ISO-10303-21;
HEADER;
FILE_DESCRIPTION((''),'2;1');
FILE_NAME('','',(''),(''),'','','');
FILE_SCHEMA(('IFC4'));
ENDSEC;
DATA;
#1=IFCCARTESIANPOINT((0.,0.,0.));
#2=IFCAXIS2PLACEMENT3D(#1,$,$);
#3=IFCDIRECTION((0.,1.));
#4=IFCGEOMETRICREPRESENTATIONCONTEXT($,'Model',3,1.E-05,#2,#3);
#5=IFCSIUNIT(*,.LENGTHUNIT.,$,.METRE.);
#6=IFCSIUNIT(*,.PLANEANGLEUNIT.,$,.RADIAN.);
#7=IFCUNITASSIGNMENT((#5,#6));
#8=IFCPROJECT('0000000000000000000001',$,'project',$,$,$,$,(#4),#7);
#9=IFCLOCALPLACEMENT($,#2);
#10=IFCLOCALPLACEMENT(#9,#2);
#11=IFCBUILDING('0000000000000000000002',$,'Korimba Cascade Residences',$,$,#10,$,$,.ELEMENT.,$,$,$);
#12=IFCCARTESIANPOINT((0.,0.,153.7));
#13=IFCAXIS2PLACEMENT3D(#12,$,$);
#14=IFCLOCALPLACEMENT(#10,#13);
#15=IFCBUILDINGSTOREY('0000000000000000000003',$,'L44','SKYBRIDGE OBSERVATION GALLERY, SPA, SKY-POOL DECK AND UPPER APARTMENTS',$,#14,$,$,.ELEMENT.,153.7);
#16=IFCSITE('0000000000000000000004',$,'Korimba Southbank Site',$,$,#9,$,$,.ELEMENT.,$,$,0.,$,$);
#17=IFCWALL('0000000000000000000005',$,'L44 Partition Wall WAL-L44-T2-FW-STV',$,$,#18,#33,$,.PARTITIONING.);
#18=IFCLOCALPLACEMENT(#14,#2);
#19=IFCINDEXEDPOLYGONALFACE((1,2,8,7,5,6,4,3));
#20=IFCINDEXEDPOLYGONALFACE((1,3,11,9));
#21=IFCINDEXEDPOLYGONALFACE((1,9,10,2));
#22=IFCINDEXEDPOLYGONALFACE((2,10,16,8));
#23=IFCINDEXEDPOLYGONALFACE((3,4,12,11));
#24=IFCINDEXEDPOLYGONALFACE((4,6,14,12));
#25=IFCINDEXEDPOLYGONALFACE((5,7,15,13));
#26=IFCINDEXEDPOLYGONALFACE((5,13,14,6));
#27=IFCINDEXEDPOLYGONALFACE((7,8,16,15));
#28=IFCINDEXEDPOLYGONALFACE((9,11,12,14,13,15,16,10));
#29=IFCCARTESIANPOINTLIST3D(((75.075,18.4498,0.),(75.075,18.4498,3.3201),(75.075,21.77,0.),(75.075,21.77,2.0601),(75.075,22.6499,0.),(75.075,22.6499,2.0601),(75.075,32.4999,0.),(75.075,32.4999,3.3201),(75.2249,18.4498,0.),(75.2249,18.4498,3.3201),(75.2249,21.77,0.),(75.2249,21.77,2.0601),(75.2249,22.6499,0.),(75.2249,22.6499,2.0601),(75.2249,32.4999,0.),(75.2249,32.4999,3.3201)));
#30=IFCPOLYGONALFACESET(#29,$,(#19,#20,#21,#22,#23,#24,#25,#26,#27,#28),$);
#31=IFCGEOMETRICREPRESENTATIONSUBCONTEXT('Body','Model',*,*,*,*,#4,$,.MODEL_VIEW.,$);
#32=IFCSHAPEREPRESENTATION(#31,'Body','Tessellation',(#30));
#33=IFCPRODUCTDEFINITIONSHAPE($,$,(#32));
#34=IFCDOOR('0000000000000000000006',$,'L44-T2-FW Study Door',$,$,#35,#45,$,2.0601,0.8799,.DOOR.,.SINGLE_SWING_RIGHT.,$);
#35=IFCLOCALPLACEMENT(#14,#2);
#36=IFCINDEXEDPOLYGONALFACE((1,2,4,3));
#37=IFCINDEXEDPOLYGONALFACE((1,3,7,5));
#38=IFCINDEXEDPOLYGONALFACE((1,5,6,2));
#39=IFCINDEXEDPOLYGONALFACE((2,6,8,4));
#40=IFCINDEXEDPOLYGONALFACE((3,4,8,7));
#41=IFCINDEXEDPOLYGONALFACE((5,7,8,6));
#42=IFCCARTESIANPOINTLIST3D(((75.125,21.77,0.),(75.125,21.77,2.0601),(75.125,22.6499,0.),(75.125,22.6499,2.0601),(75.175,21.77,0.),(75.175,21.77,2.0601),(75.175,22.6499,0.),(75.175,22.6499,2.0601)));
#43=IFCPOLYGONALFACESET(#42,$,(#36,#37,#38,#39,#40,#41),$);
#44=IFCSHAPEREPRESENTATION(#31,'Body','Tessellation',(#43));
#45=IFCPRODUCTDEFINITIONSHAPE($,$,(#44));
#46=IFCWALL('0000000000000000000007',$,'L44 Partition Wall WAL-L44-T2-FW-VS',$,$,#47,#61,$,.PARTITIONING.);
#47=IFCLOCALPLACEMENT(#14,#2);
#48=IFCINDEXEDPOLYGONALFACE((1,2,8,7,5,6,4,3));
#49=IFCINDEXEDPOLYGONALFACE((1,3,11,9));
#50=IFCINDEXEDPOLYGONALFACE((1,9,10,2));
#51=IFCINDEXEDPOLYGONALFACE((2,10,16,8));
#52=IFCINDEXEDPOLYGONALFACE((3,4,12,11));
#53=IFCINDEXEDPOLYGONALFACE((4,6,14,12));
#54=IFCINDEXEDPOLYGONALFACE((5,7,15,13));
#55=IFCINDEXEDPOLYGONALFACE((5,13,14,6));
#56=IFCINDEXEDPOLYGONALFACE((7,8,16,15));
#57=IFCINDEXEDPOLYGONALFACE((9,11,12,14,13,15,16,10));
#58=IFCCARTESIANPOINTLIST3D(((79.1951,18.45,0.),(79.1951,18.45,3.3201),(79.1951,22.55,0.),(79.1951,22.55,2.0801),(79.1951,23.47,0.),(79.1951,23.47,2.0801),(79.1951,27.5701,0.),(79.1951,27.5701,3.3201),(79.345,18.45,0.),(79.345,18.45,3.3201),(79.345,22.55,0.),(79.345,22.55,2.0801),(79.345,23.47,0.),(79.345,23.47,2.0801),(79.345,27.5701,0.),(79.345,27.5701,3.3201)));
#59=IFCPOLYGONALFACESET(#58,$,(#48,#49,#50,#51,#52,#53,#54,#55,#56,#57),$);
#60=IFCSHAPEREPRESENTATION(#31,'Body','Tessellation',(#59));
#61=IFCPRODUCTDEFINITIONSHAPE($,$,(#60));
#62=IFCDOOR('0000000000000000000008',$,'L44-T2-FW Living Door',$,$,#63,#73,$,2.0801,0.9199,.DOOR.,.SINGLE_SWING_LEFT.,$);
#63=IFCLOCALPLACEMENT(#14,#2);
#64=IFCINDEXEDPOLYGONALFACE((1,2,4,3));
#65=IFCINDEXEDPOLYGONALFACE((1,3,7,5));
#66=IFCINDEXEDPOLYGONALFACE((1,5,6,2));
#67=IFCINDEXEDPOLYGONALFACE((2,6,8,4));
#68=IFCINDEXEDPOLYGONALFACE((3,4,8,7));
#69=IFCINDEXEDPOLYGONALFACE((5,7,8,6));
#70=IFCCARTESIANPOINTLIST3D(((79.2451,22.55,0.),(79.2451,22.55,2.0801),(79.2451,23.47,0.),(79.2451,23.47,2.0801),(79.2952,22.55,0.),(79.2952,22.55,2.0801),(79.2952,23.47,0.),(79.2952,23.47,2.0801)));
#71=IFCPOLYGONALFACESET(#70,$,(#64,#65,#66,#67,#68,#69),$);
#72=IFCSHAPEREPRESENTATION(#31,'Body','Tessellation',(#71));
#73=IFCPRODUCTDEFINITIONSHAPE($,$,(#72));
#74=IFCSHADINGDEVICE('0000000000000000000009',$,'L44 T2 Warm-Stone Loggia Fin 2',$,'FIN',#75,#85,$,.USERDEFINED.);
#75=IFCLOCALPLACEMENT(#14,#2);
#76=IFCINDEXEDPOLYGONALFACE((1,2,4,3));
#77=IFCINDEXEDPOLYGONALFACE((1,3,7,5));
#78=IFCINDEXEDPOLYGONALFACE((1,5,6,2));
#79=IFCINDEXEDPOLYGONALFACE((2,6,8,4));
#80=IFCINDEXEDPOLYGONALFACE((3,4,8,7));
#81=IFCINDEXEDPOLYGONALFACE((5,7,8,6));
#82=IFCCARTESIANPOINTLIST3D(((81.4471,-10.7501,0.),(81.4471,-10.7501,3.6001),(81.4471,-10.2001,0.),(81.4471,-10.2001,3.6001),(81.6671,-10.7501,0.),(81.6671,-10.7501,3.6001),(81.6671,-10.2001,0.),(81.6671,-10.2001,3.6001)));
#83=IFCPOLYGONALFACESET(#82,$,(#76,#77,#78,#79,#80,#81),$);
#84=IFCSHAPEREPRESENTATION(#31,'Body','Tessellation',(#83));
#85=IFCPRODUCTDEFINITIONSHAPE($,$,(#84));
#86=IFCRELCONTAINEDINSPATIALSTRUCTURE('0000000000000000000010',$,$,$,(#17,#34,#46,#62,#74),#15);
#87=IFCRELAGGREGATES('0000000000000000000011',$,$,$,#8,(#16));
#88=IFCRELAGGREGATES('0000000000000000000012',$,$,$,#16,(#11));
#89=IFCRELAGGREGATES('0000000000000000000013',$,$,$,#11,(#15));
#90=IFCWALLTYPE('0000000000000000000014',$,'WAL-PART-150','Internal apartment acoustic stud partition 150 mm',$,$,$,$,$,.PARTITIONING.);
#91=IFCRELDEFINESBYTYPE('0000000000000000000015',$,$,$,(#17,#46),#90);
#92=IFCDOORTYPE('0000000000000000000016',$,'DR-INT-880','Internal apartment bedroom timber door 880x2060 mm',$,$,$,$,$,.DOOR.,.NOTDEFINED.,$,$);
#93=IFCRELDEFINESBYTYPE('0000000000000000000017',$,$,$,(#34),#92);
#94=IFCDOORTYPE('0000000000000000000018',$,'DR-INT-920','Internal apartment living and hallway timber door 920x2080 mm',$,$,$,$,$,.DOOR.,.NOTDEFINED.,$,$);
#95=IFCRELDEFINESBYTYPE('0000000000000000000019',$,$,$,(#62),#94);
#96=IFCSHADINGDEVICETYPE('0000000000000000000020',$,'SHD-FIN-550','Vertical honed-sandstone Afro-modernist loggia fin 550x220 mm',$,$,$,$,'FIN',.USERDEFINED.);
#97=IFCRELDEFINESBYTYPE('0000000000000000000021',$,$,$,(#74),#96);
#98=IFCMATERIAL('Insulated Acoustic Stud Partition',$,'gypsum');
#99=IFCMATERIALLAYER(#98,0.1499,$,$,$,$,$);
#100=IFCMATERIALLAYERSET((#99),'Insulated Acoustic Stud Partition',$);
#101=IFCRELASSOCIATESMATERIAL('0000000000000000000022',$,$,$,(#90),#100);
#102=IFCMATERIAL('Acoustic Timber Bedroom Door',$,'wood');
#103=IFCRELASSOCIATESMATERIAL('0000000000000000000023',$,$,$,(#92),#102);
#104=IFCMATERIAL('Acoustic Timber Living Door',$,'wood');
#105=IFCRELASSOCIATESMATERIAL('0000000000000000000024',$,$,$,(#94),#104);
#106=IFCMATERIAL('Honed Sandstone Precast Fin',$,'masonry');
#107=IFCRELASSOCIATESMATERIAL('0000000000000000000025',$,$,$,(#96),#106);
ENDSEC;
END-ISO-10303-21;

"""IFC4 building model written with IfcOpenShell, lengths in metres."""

from ifc_helpers import new_model, si_unit, direction, frame, frame_2d, origin, origin_2d, place, context, subcontext, project, spatial, rectangle, extrude, material, layer, layer_set, type_object, element, fill, save


model = new_model("IFC4")

# Units and contexts
model_context = context("Model", 3, precision=1e-05, world=origin(), true_north=direction((0.0, 1.0)))
body_context = subcontext(model_context, "Body", "Model", "MODEL_VIEW")
ifc_project = project(units=[si_unit("LENGTHUNIT", "METRE"), si_unit("PLANEANGLEUNIT", "RADIAN")], contexts=[model_context])

# Site, building, storey
site_placement = place(None, origin())
site = spatial("IfcSite", under=ifc_project, at=site_placement, Name="Korimba Southbank Site", CompositionType="ELEMENT", RefElevation=0.0)
building_placement = place(site_placement, origin())
building = spatial("IfcBuilding", under=site, at=building_placement, Name="Korimba Cascade Residences", CompositionType="ELEMENT")
storey_placement = place(building_placement, frame((0.0, 0.0, 153.7)))
storey = spatial("IfcBuildingStorey", under=building, at=storey_placement, Name="L44", Description="SKYBRIDGE OBSERVATION GALLERY, SPA, SKY-POOL DECK AND UPPER APARTMENTS", CompositionType="ELEMENT", Elevation=153.7)

# Walls, openings, doors
ifc_material_1 = material(Name="Insulated Acoustic Stud Partition", Category="gypsum")
ifc_layer_1 = layer(ifc_material_1, 0.1499)
ifc_layer_set_1 = layer_set([ifc_layer_1], Name="Insulated Acoustic Stud Partition")
wall_type_1 = type_object("IfcWallType", Name="WAL-PART-150", Description="Internal apartment acoustic stud partition 150 mm", PredefinedType="PARTITIONING", material=ifc_layer_set_1)
wall_1_placement = place(storey_placement, frame((75.1499, 18.45, 0.0), z_axis=(0.0, 0.0, 1.0), x_axis=(0.0, 1.0, 0.0)))
wall_1 = element("IfcWall", 1, at=wall_1_placement, inside=storey, type_object=wall_type_1, Name="L44 Partition Wall WAL-L44-T2-FW-STV", PredefinedType="PARTITIONING", context=body_context, shape_type="SweptSolid", body=[
    extrude(rectangle(XDim=14.05, YDim=0.1499, at=frame_2d((7.0249, 0.0))), origin(), (0.0, 0.0, 1.0), 3.3201),
])
opening_1_placement = place(wall_1_placement, frame((3.3201, 0.0, 0.0)))
opening_1 = element("IfcOpeningElement", 2, at=opening_1_placement, cuts=wall_1, PredefinedType="OPENING", context=body_context, shape_type="SweptSolid", body=[
    extrude(rectangle(XDim=0.8799, YDim=2.0601, at=frame_2d((0.4399, 1.03))), frame((0.0, 0.085, 0.0), z_axis=(0.0, -1.0, 0.0), x_axis=(1.0, 0.0, 0.0)), (0.0, 0.0, 1.0), 0.1699),
])
ifc_material_2 = material(Name="Acoustic Timber Bedroom Door", Category="wood")
door_type_1 = type_object("IfcDoorType", Name="DR-INT-880", Description="Internal apartment bedroom timber door 880x2060 mm", OperationType="NOTDEFINED", PredefinedType="DOOR", material=ifc_material_2)
door_1_placement = place(opening_1_placement, origin())
door_1 = element("IfcDoor", 3, at=door_1_placement, inside=storey, type_object=door_type_1, Name="L44-T2-FW Study Door", OperationType="SINGLE_SWING_RIGHT", OverallHeight=2.0601, OverallWidth=0.8799, PredefinedType="DOOR", context=body_context, shape_type="SweptSolid", body=[
    extrude(rectangle(XDim=0.8799, YDim=2.0601, at=frame_2d((0.4399, 1.03))), frame((0.0, 0.0249, 0.0), z_axis=(0.0, -1.0, 0.0), x_axis=(1.0, 0.0, 0.0)), (0.0, 0.0, 1.0), 0.05),
])
fill(opening_1, door_1)
wall_2_placement = place(storey_placement, frame((79.27, 18.45, 0.0), z_axis=(0.0, 0.0, 1.0), x_axis=(0.0, 1.0, 0.0)))
wall_2 = element("IfcWall", 4, at=wall_2_placement, inside=storey, type_object=wall_type_1, Name="L44 Partition Wall WAL-L44-T2-FW-VS", PredefinedType="PARTITIONING", context=body_context, shape_type="SweptSolid", body=[
    extrude(rectangle(XDim=9.1201, YDim=0.1499, at=frame_2d((4.5601, 0.0))), origin(), (0.0, 0.0, 1.0), 3.3201),
])
opening_2_placement = place(wall_2_placement, frame((4.1001, 0.0, 0.0)))
opening_2 = element("IfcOpeningElement", 5, at=opening_2_placement, cuts=wall_2, PredefinedType="OPENING", context=body_context, shape_type="SweptSolid", body=[
    extrude(rectangle(XDim=0.9199, YDim=2.0801, at=frame_2d((0.46, 1.04))), frame((0.0, 0.085, 0.0), z_axis=(0.0, -1.0, 0.0), x_axis=(1.0, 0.0, 0.0)), (0.0, 0.0, 1.0), 0.1699),
])
ifc_material_3 = material(Name="Acoustic Timber Living Door", Category="wood")
door_type_2 = type_object("IfcDoorType", Name="DR-INT-920", Description="Internal apartment living and hallway timber door 920x2080 mm", OperationType="NOTDEFINED", PredefinedType="DOOR", material=ifc_material_3)
door_2_placement = place(opening_2_placement, origin())
door_2 = element("IfcDoor", 6, at=door_2_placement, inside=storey, type_object=door_type_2, Name="L44-T2-FW Living Door", OperationType="SINGLE_SWING_LEFT", OverallHeight=2.0801, OverallWidth=0.9199, PredefinedType="DOOR", context=body_context, shape_type="SweptSolid", body=[
    extrude(rectangle(XDim=0.9199, YDim=2.0801, at=frame_2d((0.46, 1.04))), frame((0.0, 0.0249, 0.0), z_axis=(0.0, -1.0, 0.0), x_axis=(1.0, 0.0, 0.0)), (0.0, 0.0, 1.0), 0.05),
])
fill(opening_2, door_2)

# Shading device
ifc_material_4 = material(Name="Honed Sandstone Precast Fin", Category="masonry")
shading_device_type = type_object("IfcShadingDeviceType", Name="SHD-FIN-550", Description="Vertical honed-sandstone Afro-modernist loggia fin 550x220 mm", ElementType="FIN", PredefinedType="USERDEFINED", material=ifc_material_4)
shading_device_placement = place(storey_placement, frame((81.5571, -10.4751, 0.0), z_axis=(0.0, 0.0, 1.0), x_axis=(1.0, 0.0, 0.0)))
element("IfcShadingDevice", 7, at=shading_device_placement, inside=storey, type_object=shading_device_type, Name="L44 T2 Warm-Stone Loggia Fin 2", ObjectType="FIN", PredefinedType="USERDEFINED", context=body_context, shape_type="SweptSolid", body=[
    extrude(rectangle(XDim=0.22, YDim=0.55, at=origin_2d()), origin(), (0.0, 0.0, 1.0), 3.6001),
])

save(model, "model.ifc")
